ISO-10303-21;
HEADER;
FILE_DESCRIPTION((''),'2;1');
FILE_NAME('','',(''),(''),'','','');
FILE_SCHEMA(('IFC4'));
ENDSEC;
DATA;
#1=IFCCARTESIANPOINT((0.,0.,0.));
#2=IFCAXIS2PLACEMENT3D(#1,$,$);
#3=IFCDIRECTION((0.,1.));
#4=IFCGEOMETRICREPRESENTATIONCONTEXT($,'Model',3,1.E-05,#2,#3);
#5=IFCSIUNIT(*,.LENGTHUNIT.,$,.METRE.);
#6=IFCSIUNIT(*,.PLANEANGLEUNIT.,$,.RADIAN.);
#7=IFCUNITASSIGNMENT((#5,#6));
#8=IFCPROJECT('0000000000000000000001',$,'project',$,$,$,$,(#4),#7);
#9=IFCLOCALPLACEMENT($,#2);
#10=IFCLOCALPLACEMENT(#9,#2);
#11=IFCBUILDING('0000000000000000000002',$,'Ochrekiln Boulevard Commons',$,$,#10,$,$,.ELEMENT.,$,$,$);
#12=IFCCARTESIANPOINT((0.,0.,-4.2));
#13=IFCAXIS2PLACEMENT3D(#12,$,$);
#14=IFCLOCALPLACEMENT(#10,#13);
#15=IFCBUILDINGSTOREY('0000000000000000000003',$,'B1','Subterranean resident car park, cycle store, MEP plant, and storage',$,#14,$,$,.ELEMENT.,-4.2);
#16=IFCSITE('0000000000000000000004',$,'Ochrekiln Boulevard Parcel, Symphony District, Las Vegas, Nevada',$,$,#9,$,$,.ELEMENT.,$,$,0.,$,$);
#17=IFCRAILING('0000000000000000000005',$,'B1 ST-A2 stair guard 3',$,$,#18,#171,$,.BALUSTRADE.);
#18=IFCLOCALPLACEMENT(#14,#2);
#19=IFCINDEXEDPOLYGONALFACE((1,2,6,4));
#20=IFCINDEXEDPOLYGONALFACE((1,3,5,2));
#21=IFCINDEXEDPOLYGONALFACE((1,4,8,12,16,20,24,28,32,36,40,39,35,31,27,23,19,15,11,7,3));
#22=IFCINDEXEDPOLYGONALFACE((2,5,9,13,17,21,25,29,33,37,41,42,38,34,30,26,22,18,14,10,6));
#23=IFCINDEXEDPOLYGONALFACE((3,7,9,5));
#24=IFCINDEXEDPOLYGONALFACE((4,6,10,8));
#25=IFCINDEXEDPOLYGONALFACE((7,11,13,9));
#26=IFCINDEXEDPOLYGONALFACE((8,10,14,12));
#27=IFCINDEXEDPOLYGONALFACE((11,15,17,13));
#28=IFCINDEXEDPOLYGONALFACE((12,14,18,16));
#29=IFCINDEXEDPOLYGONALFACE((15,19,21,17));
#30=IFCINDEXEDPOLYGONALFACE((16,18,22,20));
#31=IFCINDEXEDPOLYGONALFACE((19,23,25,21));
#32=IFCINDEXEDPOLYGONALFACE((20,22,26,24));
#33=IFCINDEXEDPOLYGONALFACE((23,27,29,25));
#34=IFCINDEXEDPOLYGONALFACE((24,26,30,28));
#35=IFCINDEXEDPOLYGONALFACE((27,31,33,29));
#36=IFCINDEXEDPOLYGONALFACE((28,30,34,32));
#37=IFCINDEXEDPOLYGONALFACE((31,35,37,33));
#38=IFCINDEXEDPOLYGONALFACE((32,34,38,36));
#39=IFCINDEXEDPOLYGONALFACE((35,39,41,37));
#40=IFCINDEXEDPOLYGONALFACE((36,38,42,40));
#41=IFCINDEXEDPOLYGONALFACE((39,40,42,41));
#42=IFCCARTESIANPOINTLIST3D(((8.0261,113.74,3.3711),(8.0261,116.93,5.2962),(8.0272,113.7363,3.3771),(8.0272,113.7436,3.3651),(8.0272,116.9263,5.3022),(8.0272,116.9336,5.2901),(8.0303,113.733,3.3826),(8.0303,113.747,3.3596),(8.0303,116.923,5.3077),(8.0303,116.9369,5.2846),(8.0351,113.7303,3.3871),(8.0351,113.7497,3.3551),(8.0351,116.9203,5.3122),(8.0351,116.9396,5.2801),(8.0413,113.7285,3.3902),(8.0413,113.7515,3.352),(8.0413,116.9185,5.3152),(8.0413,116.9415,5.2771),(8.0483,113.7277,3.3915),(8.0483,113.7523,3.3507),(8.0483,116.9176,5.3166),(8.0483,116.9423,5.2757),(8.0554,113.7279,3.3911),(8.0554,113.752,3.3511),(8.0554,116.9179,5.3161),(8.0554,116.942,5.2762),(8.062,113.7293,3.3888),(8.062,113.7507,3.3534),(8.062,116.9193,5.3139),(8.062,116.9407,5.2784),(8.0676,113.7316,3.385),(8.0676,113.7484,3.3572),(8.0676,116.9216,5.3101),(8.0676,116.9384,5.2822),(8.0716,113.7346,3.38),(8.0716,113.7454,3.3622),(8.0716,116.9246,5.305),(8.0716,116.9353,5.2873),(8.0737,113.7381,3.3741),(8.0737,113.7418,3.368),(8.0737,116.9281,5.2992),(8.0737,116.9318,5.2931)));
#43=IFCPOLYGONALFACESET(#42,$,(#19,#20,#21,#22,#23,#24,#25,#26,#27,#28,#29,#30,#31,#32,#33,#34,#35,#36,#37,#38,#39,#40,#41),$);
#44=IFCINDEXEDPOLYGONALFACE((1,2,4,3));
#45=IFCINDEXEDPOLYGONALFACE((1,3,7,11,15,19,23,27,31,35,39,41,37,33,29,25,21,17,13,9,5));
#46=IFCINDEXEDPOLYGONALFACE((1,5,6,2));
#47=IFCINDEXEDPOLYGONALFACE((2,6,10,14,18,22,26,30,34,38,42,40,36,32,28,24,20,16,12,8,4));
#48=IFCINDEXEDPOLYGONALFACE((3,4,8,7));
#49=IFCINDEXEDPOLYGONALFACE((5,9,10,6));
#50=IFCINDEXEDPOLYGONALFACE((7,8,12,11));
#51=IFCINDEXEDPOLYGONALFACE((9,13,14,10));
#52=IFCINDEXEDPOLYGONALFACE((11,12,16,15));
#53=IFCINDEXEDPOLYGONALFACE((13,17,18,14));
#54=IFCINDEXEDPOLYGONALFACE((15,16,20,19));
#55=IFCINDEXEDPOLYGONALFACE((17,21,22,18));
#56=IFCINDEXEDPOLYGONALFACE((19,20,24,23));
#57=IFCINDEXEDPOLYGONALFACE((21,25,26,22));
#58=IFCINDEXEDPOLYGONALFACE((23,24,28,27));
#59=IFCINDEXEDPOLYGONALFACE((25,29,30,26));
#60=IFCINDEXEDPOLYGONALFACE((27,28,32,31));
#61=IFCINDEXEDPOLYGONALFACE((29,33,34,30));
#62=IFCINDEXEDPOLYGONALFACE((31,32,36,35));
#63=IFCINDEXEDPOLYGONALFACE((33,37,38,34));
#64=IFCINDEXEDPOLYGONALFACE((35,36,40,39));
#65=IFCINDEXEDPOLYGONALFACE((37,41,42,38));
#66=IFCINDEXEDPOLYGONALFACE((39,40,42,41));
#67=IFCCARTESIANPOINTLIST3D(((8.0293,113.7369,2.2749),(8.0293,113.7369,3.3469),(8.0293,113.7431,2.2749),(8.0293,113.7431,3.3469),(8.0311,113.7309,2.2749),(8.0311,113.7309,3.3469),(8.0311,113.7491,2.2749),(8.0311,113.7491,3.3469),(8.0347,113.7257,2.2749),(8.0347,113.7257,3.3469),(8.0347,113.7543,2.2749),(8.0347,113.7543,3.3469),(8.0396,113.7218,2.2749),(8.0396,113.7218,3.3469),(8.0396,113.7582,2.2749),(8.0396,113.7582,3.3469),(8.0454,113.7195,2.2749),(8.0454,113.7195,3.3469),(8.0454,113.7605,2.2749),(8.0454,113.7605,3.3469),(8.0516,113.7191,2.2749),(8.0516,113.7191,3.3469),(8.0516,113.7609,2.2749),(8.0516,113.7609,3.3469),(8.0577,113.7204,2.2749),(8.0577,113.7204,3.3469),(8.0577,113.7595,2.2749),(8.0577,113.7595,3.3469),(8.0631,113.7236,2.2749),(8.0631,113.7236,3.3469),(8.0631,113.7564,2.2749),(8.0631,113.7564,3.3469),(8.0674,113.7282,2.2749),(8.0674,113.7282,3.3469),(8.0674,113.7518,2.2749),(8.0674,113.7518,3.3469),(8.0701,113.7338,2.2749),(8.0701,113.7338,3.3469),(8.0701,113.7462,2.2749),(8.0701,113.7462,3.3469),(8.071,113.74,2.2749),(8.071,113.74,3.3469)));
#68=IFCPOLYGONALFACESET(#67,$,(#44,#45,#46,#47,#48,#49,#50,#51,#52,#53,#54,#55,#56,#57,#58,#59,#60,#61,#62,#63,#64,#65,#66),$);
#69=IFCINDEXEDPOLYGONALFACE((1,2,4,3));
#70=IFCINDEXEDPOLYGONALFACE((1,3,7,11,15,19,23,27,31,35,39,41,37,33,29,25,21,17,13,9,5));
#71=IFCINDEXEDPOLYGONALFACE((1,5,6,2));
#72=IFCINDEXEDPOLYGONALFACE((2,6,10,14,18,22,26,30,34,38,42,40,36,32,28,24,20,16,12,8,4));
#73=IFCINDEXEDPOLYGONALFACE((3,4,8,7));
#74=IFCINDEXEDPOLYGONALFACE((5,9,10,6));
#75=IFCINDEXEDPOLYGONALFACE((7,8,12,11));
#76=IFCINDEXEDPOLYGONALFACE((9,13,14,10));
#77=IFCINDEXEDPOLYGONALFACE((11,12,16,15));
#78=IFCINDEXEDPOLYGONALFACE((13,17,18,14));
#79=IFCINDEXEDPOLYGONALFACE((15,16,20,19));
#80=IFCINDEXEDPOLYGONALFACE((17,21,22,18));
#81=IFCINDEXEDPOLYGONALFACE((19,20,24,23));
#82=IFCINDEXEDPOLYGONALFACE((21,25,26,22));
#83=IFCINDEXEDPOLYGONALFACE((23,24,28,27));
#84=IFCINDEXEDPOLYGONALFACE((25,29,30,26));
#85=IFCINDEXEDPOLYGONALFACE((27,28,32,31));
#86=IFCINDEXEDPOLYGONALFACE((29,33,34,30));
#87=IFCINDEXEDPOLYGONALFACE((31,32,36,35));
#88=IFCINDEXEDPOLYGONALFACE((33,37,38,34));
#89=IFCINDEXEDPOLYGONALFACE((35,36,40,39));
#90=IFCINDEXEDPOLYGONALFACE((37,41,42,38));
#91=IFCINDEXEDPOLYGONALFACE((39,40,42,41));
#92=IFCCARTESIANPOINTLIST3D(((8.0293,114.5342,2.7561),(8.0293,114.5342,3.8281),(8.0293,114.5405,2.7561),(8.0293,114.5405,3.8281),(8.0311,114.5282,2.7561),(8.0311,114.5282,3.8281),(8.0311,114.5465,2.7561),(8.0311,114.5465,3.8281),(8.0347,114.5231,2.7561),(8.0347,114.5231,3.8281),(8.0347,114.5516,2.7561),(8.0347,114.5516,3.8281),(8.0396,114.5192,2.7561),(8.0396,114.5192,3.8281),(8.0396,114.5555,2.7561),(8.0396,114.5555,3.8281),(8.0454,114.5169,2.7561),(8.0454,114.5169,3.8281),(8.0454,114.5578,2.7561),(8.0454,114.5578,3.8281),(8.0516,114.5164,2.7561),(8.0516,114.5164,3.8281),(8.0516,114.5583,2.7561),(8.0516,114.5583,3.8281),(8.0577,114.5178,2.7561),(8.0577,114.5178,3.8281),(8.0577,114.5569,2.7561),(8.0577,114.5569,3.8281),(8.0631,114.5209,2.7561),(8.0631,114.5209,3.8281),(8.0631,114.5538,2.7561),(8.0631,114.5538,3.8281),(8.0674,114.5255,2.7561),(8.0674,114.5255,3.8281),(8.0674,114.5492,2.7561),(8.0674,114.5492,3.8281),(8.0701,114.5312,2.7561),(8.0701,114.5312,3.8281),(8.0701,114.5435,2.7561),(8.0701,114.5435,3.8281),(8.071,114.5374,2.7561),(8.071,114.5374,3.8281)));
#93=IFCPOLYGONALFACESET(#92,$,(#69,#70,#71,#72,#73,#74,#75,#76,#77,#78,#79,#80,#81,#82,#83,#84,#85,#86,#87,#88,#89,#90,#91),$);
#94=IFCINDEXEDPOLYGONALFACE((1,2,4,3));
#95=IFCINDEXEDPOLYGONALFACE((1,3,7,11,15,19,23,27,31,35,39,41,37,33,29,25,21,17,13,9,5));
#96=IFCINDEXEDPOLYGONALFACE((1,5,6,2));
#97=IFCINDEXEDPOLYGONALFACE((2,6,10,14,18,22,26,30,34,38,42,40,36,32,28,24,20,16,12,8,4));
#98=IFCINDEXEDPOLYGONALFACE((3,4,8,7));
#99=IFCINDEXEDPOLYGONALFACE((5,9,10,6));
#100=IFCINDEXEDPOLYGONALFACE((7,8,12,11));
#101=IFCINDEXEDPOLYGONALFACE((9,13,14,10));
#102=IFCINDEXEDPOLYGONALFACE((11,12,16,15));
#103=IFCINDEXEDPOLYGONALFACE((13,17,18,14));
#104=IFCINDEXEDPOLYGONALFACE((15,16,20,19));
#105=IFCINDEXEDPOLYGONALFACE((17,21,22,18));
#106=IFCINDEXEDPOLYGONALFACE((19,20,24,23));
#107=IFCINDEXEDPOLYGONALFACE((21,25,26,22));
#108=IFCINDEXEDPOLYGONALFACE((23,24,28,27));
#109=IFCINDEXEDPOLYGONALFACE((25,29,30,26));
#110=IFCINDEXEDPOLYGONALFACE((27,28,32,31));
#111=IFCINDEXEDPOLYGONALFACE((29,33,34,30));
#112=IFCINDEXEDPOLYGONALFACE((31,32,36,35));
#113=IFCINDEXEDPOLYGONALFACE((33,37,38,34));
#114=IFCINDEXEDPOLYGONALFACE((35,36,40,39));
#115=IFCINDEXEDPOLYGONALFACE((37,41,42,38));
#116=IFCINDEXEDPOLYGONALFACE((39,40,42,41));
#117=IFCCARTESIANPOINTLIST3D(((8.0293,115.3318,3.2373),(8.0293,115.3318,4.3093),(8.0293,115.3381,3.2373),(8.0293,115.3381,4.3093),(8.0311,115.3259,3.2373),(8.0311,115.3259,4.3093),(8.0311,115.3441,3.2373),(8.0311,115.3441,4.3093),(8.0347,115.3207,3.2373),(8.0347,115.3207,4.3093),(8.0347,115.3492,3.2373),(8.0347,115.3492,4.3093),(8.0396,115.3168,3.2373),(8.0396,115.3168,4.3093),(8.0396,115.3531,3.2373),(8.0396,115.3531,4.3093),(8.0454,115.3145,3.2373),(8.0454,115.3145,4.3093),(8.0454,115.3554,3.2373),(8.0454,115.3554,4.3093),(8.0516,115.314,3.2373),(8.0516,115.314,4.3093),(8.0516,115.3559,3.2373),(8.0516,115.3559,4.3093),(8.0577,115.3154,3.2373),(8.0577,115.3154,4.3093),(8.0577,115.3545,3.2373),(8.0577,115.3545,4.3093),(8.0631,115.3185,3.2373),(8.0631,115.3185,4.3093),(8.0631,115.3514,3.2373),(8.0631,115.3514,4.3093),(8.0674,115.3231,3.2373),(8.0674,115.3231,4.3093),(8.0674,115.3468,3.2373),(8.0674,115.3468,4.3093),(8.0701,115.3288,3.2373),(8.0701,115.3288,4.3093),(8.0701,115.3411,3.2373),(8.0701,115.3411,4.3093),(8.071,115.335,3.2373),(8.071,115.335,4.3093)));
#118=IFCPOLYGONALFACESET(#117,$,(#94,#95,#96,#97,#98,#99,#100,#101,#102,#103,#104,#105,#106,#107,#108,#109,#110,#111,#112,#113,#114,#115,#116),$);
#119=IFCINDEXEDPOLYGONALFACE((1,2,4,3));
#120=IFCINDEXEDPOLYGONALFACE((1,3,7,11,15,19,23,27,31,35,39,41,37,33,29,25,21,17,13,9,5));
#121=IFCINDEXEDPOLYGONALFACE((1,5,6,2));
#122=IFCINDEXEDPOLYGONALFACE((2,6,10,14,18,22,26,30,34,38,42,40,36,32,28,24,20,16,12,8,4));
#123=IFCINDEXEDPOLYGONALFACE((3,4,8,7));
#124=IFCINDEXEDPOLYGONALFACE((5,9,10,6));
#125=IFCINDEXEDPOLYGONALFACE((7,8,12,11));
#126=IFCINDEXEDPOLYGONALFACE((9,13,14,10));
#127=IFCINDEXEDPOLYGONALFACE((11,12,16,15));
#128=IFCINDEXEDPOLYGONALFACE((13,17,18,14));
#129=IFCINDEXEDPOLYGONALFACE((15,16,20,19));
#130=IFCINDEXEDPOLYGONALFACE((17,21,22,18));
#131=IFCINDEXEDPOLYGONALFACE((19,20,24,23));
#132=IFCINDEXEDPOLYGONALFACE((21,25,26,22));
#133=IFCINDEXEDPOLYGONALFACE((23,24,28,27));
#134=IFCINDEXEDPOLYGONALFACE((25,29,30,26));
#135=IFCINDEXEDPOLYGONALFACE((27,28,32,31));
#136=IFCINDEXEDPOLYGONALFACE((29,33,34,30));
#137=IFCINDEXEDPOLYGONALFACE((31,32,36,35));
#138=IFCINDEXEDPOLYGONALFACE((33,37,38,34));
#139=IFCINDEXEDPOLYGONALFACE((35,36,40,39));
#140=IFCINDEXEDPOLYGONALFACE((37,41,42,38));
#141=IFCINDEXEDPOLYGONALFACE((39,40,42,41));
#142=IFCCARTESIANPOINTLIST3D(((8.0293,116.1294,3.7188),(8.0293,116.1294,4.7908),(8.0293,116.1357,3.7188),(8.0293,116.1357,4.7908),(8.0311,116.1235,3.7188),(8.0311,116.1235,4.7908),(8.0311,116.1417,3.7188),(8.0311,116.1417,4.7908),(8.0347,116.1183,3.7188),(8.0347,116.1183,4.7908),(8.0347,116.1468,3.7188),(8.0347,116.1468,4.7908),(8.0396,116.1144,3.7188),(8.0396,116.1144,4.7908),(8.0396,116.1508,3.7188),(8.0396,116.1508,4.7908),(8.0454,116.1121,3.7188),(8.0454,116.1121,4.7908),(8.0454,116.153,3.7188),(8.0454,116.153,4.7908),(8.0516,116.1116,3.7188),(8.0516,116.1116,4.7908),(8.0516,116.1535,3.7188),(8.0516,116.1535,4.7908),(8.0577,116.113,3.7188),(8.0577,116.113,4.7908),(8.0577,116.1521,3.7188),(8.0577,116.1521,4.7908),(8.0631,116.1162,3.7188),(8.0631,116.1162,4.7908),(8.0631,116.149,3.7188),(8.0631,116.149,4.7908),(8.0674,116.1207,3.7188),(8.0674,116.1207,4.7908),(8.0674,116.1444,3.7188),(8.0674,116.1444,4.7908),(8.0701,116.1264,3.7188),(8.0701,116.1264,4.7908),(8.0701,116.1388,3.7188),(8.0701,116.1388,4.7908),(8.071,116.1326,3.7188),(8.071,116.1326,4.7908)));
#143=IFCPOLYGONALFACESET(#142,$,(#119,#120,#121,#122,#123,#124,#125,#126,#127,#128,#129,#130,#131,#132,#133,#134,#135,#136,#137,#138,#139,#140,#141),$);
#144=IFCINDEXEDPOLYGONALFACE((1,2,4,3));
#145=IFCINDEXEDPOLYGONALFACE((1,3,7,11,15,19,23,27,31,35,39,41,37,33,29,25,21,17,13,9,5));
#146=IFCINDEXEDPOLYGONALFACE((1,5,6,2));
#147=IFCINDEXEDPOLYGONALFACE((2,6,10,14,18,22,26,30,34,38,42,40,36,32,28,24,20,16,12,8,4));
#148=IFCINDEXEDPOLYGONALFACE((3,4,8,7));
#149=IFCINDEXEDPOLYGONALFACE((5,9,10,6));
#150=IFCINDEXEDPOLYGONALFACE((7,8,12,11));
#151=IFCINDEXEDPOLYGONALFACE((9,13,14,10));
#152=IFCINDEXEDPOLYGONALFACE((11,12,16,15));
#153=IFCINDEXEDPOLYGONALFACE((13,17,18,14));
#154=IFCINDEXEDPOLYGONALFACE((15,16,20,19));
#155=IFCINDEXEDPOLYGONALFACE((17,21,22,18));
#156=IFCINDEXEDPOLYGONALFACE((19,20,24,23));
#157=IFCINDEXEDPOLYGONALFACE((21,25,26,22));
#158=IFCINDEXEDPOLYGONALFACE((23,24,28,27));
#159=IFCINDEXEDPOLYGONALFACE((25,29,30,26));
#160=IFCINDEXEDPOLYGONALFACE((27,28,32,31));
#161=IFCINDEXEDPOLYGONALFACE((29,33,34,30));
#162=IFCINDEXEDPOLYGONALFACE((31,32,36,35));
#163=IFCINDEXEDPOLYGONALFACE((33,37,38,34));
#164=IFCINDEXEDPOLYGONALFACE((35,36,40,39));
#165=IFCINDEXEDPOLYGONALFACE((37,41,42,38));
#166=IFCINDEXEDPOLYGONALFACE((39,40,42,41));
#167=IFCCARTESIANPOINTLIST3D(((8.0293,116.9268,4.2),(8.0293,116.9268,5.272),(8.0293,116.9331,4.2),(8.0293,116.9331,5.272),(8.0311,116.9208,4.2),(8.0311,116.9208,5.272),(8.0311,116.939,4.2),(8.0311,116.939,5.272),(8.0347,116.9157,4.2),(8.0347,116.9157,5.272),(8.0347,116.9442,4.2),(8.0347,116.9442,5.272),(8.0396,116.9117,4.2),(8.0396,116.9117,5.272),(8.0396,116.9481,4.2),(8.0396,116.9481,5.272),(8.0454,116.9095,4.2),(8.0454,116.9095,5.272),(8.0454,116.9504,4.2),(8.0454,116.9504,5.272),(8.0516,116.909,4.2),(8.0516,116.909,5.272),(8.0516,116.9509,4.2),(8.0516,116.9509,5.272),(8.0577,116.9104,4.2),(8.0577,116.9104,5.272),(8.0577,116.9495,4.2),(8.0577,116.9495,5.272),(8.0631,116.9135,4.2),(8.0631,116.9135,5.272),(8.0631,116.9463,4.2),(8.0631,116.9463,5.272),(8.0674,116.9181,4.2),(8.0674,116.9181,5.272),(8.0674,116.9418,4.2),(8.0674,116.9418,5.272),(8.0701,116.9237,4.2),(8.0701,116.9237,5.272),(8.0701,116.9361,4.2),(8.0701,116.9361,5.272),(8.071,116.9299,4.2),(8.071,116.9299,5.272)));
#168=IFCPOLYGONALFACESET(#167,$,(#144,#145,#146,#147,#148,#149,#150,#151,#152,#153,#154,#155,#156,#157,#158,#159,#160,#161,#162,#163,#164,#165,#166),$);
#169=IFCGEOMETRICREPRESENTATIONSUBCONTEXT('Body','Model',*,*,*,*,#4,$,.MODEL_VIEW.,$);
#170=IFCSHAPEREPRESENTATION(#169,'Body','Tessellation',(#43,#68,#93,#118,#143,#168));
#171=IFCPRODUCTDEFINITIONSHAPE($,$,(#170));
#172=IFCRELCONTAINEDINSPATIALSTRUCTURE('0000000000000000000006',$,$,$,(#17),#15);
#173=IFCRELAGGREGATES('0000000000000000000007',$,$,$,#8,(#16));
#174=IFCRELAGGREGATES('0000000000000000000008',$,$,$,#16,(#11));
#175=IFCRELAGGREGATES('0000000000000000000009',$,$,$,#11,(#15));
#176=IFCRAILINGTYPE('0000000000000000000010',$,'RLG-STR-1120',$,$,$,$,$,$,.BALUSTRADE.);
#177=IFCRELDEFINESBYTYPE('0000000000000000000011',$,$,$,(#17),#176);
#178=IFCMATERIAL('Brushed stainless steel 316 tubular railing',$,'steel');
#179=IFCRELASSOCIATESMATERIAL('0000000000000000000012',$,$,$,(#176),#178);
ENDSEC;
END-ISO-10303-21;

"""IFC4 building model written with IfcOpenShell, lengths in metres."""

from ifc_helpers import new_model, si_unit, direction, frame, origin, origin_2d, place, context, subcontext, project, spatial, circle, extrude, material, type_object, element, save


model = new_model("IFC4")

# Units and contexts
model_context = context("Model", 3, precision=1e-05, world=origin(), true_north=direction((0.0, 1.0)))
body_context = subcontext(model_context, "Body", "Model", "MODEL_VIEW")
ifc_project = project(units=[si_unit("LENGTHUNIT", "METRE"), si_unit("PLANEANGLEUNIT", "RADIAN")], contexts=[model_context])

# Site, building, storey
site_placement = place(None, origin())
site = spatial("IfcSite", under=ifc_project, at=site_placement, Name="Ochrekiln Boulevard Parcel, Symphony District, Las Vegas, Nevada", CompositionType="ELEMENT", RefElevation=0.0)
building_placement = place(site_placement, origin())
building = spatial("IfcBuilding", under=site, at=building_placement, Name="Ochrekiln Boulevard Commons", CompositionType="ELEMENT")
storey_placement = place(building_placement, frame((0.0, 0.0, -4.2)))
storey = spatial("IfcBuildingStorey", under=building, at=storey_placement, Name="B1", Description="Subterranean resident car park, cycle store, MEP plant, and storage", CompositionType="ELEMENT", Elevation=-4.2)

# Railing
ifc_material_1 = material(Name="Brushed stainless steel 316 tubular railing", Category="steel")
railing_type_1 = type_object("IfcRailingType", Name="RLG-STR-1120", PredefinedType="BALUSTRADE", material=ifc_material_1)
railing_1_placement = place(storey_placement, frame((8.05, 113.74, 2.2749)))
element("IfcRailing", 1, at=railing_1_placement, inside=storey, type_object=railing_type_1, Name="B1 ST-A2 stair guard 3", PredefinedType="BALUSTRADE", context=body_context, shape_type="SweptSolid", body=[
    extrude(circle(Radius=0.0239, at=origin_2d()), frame((0.0, 0.0, 1.0962), z_axis=(0.0, 0.856178, 0.516682), x_axis=(-1.0, 0.0, 0.0)), (0.0, 0.0, 1.0), 3.7258),
    extrude(circle(Radius=0.021, at=origin_2d()), origin(), (0.0, 0.0, 1.0), 1.072),
    extrude(circle(Radius=0.021, at=origin_2d()), frame((0.0, 0.7974, 0.4812)), (0.0, 0.0, 1.0), 1.072),
    extrude(circle(Radius=0.021, at=origin_2d()), frame((0.0, 1.595, 0.9624)), (0.0, 0.0, 1.0), 1.072),
    extrude(circle(Radius=0.021, at=origin_2d()), frame((0.0, 2.3926, 1.4438)), (0.0, 0.0, 1.0), 1.072),
    extrude(circle(Radius=0.021, at=origin_2d()), frame((0.0, 3.1899, 1.925)), (0.0, 0.0, 1.0), 1.072),
])

save(model, "model.ifc")
